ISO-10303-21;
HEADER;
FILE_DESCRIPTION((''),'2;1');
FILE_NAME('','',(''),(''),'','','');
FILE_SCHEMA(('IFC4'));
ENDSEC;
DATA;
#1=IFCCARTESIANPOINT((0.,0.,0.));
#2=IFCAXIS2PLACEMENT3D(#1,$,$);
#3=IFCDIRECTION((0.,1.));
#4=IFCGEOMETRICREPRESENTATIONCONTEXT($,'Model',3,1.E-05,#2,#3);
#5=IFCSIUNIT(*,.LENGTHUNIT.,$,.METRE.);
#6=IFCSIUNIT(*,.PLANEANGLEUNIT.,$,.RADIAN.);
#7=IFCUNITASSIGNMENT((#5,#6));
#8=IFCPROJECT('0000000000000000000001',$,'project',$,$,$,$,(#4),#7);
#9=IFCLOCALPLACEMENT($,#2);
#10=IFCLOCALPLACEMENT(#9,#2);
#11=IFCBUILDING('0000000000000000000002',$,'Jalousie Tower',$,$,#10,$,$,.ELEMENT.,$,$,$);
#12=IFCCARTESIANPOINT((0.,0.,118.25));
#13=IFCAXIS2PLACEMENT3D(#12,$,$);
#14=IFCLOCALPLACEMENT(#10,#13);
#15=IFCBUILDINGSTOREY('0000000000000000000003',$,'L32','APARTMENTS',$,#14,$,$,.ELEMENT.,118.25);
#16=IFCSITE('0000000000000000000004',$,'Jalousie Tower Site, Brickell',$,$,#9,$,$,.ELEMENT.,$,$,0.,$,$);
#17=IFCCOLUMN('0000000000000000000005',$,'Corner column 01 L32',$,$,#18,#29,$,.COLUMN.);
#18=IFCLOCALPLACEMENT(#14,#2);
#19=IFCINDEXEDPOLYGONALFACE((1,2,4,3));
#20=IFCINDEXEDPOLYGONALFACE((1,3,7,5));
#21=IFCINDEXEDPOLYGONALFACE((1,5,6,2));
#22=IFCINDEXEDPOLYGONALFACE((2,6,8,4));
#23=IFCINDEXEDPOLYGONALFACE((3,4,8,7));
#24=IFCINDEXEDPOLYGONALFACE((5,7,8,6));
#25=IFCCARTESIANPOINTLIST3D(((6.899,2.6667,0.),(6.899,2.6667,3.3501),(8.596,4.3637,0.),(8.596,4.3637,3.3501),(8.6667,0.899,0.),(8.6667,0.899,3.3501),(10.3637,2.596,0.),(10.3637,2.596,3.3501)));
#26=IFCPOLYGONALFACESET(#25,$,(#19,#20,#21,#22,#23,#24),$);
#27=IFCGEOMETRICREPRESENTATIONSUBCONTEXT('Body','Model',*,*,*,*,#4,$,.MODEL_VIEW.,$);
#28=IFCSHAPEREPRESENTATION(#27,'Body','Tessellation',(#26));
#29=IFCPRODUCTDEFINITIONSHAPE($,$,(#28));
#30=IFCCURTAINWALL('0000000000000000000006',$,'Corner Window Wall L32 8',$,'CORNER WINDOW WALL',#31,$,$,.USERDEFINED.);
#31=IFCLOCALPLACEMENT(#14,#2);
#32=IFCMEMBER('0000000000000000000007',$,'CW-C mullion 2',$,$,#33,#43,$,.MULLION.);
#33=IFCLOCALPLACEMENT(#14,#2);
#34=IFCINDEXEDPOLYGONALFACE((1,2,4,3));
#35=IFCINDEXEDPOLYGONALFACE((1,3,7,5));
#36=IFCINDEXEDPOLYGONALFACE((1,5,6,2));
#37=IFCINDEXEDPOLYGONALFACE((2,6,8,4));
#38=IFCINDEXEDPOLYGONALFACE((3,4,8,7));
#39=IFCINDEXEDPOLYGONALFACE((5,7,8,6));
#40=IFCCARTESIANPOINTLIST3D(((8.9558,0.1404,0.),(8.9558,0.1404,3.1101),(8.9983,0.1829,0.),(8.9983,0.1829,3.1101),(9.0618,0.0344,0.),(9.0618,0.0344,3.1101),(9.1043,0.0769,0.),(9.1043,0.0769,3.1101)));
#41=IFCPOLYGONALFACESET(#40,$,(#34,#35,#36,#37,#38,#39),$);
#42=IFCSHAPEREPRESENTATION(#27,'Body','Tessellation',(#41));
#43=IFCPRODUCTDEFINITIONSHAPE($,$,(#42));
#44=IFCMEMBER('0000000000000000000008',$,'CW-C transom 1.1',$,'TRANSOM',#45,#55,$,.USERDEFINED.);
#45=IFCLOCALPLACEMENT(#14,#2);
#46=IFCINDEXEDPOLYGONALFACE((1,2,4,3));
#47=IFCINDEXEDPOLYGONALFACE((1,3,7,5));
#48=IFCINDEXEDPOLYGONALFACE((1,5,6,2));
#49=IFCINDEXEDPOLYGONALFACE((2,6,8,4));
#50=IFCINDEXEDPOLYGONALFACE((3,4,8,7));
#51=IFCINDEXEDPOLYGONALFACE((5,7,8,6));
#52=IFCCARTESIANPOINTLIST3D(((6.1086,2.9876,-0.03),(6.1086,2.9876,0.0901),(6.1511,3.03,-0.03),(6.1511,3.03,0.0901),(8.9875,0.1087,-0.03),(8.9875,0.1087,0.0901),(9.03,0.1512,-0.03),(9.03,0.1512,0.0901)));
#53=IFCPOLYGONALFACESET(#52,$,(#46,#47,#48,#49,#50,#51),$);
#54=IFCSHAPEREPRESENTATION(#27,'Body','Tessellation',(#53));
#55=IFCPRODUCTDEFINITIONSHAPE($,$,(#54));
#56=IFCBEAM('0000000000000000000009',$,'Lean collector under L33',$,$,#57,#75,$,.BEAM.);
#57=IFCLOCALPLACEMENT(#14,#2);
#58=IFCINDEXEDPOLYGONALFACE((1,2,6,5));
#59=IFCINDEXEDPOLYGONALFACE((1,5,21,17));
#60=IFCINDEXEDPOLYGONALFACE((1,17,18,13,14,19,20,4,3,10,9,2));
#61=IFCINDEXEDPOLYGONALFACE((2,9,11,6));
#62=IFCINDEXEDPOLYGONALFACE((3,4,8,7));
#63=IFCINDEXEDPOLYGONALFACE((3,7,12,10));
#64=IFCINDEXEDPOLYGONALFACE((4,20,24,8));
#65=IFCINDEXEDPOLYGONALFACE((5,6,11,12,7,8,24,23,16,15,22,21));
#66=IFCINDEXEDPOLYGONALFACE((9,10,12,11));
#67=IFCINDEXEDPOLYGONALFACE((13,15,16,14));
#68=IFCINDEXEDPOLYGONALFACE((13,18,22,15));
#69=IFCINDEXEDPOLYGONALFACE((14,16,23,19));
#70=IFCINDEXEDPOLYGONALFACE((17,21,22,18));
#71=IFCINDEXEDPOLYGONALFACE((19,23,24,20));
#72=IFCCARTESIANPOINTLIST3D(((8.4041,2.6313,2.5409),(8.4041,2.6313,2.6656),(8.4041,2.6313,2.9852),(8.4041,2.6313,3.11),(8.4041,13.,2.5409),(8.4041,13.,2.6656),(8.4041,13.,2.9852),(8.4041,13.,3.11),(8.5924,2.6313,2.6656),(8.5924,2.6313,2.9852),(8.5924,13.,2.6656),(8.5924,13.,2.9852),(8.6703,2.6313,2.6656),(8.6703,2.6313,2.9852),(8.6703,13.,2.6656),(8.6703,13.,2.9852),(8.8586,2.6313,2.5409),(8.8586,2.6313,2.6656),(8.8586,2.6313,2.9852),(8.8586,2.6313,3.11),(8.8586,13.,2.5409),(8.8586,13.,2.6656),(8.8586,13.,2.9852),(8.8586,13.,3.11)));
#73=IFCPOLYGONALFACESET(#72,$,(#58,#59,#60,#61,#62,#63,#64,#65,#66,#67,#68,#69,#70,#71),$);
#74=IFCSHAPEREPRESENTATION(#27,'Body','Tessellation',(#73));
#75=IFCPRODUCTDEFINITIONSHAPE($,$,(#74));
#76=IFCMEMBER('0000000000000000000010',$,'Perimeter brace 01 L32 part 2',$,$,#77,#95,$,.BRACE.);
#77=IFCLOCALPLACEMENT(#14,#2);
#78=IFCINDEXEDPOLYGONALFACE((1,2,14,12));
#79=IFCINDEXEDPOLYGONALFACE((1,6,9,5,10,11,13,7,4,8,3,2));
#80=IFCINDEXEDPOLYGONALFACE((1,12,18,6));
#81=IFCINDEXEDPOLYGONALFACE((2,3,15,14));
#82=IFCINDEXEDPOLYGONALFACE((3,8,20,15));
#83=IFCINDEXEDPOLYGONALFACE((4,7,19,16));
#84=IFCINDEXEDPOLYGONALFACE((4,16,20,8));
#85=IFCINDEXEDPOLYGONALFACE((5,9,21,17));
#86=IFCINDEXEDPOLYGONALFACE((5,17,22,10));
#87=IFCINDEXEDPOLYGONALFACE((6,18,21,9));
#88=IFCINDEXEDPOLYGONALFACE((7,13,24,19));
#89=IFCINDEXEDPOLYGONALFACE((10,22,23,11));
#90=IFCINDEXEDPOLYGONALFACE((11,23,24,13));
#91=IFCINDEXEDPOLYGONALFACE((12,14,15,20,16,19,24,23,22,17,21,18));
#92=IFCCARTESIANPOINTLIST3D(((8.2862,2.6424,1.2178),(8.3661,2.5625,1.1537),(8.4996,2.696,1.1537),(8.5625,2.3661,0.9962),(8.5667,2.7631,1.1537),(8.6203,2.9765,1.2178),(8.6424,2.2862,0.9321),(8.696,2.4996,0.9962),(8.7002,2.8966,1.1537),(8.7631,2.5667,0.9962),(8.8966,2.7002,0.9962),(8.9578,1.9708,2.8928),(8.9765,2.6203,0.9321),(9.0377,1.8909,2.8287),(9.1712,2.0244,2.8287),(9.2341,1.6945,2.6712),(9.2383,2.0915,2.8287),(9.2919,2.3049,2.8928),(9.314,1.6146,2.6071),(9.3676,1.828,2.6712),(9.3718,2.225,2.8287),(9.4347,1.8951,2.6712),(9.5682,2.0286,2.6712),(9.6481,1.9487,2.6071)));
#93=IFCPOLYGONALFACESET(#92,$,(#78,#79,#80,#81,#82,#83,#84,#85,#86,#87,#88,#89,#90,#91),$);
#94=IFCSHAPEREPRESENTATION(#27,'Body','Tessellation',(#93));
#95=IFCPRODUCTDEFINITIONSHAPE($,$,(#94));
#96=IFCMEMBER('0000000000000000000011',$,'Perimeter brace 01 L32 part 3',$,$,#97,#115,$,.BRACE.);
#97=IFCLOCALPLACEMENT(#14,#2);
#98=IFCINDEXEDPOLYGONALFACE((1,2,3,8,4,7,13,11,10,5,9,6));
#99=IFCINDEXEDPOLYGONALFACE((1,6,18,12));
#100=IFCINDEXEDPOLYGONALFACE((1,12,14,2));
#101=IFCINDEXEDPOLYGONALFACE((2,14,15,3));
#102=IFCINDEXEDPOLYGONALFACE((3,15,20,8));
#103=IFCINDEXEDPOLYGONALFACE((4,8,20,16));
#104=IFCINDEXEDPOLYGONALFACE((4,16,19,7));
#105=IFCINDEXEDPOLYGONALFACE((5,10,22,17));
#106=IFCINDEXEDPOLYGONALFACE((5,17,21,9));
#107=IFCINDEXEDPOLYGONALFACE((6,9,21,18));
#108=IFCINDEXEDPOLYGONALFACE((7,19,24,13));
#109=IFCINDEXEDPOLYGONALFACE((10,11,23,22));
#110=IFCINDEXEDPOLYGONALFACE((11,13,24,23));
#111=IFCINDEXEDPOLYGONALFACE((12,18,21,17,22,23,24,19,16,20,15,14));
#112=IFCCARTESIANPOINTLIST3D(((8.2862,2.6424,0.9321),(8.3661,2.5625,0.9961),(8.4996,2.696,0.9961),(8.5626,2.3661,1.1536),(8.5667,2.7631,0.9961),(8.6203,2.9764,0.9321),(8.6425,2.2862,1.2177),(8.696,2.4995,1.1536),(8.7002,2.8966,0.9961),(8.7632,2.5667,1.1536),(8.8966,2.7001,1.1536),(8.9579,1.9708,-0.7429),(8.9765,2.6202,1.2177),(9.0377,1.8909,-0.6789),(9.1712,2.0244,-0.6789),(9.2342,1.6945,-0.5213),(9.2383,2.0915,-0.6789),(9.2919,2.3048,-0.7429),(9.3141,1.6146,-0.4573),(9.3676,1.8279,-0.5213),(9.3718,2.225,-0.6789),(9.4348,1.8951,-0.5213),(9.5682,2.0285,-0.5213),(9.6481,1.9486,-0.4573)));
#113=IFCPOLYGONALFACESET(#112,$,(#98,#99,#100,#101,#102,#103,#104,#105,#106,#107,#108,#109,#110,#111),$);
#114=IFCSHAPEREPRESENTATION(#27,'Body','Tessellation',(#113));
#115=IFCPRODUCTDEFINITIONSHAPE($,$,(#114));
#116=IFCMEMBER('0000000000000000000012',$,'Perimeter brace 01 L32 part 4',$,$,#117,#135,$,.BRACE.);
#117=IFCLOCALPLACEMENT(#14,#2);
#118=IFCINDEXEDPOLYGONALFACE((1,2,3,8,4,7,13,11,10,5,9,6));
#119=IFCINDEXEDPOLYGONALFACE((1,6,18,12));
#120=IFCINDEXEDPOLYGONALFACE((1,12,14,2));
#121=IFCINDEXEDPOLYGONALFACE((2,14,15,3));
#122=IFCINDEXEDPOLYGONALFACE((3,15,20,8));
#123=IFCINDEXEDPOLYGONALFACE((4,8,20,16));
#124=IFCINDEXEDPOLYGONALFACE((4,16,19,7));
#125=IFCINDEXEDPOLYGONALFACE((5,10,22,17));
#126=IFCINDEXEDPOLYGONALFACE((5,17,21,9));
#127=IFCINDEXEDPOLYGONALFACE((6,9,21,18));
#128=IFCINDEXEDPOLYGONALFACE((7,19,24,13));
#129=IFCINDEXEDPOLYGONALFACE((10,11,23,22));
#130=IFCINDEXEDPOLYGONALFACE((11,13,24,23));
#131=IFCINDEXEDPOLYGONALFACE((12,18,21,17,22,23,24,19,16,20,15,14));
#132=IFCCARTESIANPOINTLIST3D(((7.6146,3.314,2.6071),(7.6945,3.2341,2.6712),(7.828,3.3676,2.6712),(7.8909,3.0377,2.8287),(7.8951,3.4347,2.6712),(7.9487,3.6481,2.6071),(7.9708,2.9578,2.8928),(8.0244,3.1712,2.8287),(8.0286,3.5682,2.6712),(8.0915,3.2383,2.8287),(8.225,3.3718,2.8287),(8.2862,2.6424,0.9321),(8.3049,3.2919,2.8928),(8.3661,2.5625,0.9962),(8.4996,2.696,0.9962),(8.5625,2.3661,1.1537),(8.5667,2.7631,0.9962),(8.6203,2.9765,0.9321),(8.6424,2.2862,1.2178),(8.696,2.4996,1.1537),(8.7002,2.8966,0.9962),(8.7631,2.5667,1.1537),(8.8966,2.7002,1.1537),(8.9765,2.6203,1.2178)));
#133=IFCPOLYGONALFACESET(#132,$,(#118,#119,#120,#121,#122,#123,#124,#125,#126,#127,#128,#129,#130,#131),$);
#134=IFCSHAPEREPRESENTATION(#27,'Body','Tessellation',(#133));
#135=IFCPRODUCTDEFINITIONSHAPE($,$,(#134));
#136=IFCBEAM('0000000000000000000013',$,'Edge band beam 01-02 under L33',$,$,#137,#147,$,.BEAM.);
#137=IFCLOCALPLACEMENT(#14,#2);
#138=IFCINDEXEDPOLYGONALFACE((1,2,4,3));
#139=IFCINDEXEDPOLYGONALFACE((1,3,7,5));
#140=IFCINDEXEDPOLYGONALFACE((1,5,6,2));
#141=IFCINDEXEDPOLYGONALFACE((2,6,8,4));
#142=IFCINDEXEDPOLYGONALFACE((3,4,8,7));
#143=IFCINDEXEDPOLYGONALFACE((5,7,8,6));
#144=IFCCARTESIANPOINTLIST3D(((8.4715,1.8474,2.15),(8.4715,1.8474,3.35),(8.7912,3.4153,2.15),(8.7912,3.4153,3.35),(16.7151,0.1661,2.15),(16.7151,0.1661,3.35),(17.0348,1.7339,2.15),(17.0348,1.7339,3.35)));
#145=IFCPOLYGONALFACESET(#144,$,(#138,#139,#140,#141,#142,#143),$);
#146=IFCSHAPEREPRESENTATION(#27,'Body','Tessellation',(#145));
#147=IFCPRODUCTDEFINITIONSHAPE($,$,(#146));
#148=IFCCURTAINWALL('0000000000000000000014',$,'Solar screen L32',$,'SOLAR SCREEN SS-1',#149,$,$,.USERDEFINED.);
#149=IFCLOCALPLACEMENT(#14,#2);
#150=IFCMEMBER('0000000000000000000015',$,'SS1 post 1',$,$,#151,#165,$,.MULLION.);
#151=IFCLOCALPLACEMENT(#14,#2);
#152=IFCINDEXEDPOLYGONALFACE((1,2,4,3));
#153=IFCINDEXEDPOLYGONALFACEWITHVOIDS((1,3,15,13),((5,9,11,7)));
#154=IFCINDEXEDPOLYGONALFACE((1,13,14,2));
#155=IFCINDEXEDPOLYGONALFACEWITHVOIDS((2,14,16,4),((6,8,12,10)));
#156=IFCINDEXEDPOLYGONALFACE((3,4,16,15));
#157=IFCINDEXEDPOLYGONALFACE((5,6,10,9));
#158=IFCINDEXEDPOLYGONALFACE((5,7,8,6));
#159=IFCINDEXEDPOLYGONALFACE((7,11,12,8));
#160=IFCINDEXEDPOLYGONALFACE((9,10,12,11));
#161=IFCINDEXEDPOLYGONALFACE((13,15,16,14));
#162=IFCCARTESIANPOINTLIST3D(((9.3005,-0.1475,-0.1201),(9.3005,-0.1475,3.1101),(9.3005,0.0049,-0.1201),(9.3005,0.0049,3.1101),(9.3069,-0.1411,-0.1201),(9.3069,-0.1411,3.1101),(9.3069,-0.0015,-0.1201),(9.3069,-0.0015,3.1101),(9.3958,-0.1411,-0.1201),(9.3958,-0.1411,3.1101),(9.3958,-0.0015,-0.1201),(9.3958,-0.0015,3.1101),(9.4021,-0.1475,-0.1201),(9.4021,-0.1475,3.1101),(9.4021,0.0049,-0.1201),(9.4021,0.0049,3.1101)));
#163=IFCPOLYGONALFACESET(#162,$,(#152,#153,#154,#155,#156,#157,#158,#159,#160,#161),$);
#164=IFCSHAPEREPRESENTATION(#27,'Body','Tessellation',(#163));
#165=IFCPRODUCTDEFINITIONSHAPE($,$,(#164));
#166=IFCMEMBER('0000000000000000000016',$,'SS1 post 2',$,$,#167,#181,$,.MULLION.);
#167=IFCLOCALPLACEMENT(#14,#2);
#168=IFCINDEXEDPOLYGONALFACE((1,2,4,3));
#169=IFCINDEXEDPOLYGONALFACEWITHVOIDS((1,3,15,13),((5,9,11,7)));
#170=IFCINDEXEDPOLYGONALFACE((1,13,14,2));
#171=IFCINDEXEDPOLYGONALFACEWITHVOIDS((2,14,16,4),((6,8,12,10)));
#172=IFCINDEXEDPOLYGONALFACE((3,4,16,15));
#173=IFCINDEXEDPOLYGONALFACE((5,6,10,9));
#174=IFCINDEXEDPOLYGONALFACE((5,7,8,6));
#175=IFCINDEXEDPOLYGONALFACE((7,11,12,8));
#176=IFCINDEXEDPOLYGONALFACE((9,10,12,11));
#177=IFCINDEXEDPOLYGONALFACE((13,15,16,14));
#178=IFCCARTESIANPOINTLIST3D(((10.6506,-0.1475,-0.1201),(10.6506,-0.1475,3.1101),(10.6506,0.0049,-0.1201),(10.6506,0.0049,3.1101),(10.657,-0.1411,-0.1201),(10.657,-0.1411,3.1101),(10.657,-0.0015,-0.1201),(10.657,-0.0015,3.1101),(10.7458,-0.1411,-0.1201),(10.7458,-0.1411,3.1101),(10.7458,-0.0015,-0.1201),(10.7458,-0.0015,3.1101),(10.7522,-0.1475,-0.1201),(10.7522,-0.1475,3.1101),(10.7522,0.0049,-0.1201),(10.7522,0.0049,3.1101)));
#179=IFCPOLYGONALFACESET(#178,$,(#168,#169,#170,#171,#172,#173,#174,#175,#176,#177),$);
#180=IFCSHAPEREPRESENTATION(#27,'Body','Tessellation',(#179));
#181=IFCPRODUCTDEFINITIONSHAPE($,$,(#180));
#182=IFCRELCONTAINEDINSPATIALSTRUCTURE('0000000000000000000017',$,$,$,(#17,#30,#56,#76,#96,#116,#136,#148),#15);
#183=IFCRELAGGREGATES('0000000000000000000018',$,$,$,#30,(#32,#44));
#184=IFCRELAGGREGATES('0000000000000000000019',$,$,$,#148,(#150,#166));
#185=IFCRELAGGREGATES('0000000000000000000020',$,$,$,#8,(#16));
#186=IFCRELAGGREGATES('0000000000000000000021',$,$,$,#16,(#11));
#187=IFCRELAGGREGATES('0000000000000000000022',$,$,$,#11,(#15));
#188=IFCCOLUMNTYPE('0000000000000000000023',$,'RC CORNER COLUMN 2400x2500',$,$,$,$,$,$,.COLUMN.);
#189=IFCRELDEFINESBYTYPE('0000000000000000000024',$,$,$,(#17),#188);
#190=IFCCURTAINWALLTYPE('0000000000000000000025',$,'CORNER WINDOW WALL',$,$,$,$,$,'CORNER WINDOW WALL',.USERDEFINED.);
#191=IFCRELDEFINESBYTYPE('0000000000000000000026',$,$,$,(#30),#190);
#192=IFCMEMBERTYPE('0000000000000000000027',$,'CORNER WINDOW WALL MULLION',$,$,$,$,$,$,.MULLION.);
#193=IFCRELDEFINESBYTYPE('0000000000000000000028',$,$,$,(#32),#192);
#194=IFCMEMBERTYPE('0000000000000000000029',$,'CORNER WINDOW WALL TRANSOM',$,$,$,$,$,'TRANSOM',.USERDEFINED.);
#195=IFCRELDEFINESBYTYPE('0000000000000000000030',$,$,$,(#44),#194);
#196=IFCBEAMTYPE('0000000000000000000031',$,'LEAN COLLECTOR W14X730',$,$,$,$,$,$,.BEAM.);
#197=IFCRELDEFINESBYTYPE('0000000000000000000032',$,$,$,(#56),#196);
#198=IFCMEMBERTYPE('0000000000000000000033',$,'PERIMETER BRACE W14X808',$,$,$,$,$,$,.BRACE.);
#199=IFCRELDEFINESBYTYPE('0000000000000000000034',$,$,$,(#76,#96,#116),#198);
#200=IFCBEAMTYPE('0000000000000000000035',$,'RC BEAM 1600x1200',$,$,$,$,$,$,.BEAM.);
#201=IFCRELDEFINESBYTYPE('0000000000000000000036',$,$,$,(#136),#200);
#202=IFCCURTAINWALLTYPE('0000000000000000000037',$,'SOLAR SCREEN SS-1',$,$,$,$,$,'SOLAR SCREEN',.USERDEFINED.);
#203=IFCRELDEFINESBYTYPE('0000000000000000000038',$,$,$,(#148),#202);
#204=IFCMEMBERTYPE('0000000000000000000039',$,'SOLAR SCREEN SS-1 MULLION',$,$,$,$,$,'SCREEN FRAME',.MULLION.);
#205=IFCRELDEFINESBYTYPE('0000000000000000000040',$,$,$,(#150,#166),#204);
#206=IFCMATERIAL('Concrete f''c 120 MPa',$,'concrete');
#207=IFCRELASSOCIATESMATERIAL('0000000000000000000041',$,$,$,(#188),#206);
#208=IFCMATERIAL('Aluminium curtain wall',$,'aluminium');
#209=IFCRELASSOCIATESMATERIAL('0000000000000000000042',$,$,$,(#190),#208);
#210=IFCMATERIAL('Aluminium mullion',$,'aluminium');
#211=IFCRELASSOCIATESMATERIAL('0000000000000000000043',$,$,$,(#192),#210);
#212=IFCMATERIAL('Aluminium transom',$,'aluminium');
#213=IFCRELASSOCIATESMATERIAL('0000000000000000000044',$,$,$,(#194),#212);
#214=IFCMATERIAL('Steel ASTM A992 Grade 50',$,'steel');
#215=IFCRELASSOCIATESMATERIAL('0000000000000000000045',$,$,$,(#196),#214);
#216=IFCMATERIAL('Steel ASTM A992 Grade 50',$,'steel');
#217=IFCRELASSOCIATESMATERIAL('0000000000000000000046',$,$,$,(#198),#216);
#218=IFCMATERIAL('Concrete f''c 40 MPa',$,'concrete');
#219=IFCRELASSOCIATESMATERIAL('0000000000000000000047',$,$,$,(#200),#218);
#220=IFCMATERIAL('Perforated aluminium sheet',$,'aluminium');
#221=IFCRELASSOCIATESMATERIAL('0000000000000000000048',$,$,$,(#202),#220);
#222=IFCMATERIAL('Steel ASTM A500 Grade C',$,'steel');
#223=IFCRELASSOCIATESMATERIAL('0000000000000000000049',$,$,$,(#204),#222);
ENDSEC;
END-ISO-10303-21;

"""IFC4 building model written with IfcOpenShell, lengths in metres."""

from ifc_helpers import new_model, si_unit, direction, frame, origin, origin_2d, place, context, subcontext, project, spatial, rectangle, hollow_rectangle, i_section, extrude, material, material_profile, profile_set, type_object, element, aggregate, save


model = new_model("IFC4")

# Units and contexts
model_context = context("Model", 3, precision=1e-05, world=origin(), true_north=direction((0.0, 1.0)))
body_context = subcontext(model_context, "Body", "Model", "MODEL_VIEW")
ifc_project = project(units=[si_unit("LENGTHUNIT", "METRE"), si_unit("PLANEANGLEUNIT", "RADIAN")], contexts=[model_context])

# Site, building, storey
site_placement = place(None, origin())
site = spatial("IfcSite", under=ifc_project, at=site_placement, Name="Jalousie Tower Site, Brickell", CompositionType="ELEMENT", RefElevation=0.0)
building_placement = place(site_placement, origin())
building = spatial("IfcBuilding", under=site, at=building_placement, Name="Jalousie Tower", CompositionType="ELEMENT")
storey_placement = place(building_placement, frame((0.0, 0.0, 118.25)))
storey = spatial("IfcBuildingStorey", under=building, at=storey_placement, Name="L32", Description="APARTMENTS", CompositionType="ELEMENT", Elevation=118.25)

# Column
ifc_material_1 = material(Name="Concrete f'c 120 MPa", Category="concrete")
ifc_material_profile_1 = material_profile(ifc_material_1, rectangle(XDim=2.3999, YDim=2.5, at=origin_2d()), Name="RC 2400x2500")
ifc_profile_set_1 = profile_set([ifc_material_profile_1], Name="Concrete f'c 120 MPa")
column_type = type_object("IfcColumnType", Name="RC CORNER COLUMN 2400x2500", PredefinedType="COLUMN", material=ifc_profile_set_1)
column_placement = place(storey_placement, frame((8.6313, 2.6313, 0.0), z_axis=(0.0, 0.0, 1.0), x_axis=(0.707107, 0.707107, 0.0)))
element("IfcColumn", 1, at=column_placement, inside=storey, type_object=column_type, Name="Corner column 01 L32", PredefinedType="COLUMN", context=body_context, shape_type="SweptSolid", body=[
    extrude(rectangle(XDim=2.3999, YDim=2.5, at=origin_2d()), origin(), (0.0, 0.0, 1.0), 3.3501),
])

# Curtain wall, members
ifc_material_2 = material(Name="Aluminium curtain wall", Category="aluminium")
curtain_wall_type_1 = type_object("IfcCurtainWallType", Name="CORNER WINDOW WALL", ElementType="CORNER WINDOW WALL", PredefinedType="USERDEFINED", material=ifc_material_2)
curtain_wall_1_placement = place(storey_placement, origin())
curtain_wall_1 = element("IfcCurtainWall", 2, at=curtain_wall_1_placement, inside=storey, type_object=curtain_wall_type_1, Name="Corner Window Wall L32 8", ObjectType="CORNER WINDOW WALL", PredefinedType="USERDEFINED")
ifc_material_3 = material(Name="Aluminium mullion", Category="aluminium")
ifc_material_profile_2 = material_profile(ifc_material_3, rectangle(XDim=0.0601, YDim=0.1499, at=origin_2d()), Name="MULLION 60x150")
ifc_profile_set_2 = profile_set([ifc_material_profile_2], Name="Aluminium mullion")
member_type_1 = type_object("IfcMemberType", Name="CORNER WINDOW WALL MULLION", PredefinedType="MULLION", material=ifc_profile_set_2)
member_1_placement = place(storey_placement, frame((9.03, 0.1086, 0.0), z_axis=(0.0, 0.0, 1.0), x_axis=(0.707107, 0.707107, 0.0)))
member_1 = element("IfcMember", 3, at=member_1_placement, type_object=member_type_1, Name="CW-C mullion 2", PredefinedType="MULLION", context=body_context, shape_type="SweptSolid", body=[
    extrude(rectangle(XDim=0.0601, YDim=0.1499, at=origin_2d()), origin(), (0.0, 0.0, 1.0), 3.1101),
])
ifc_material_4 = material(Name="Aluminium transom", Category="aluminium")
ifc_material_profile_3 = material_profile(ifc_material_4, rectangle(XDim=0.0601, YDim=0.1201, at=origin_2d()), Name="TRANSOM 60x120")
ifc_profile_set_3 = profile_set([ifc_material_profile_3], Name="Aluminium transom")
member_type_2 = type_object("IfcMemberType", Name="CORNER WINDOW WALL TRANSOM", ElementType="TRANSOM", PredefinedType="USERDEFINED", material=ifc_profile_set_3)
member_2_placement = place(storey_placement, frame((6.1299, 3.0088, 0.03), z_axis=(0.707107, -0.707107, 0.0), x_axis=(0.707107, 0.707107, 0.0)))
member_2 = element("IfcMember", 4, at=member_2_placement, type_object=member_type_2, Name="CW-C transom 1.1", ObjectType="TRANSOM", PredefinedType="USERDEFINED", context=body_context, shape_type="SweptSolid", body=[
    extrude(rectangle(XDim=0.0601, YDim=0.1201, at=origin_2d()), origin(), (0.0, 0.0, 1.0), 4.0713),
])

# Beam
ifc_material_5 = material(Name="Steel ASTM A992 Grade 50", Category="steel")
ifc_material_profile_4 = material_profile(ifc_material_5, i_section(OverallWidth=0.4546, OverallDepth=0.5691, WebThickness=0.0779, FlangeThickness=0.1248, at=origin_2d()), Name="W14X730")
ifc_profile_set_4 = profile_set([ifc_material_profile_4], Name="Steel ASTM A992 Grade 50")
beam_type_1 = type_object("IfcBeamType", Name="LEAN COLLECTOR W14X730", PredefinedType="BEAM", material=ifc_profile_set_4)
beam_1_placement = place(storey_placement, frame((8.6313, 2.6313, 2.8254), z_axis=(0.0, 1.0, 0.0), x_axis=(-1.0, 0.0, 0.0)))
element("IfcBeam", 5, at=beam_1_placement, inside=storey, type_object=beam_type_1, Name="Lean collector under L33", PredefinedType="BEAM", context=body_context, shape_type="SweptSolid", body=[
    extrude(i_section(OverallWidth=0.4546, OverallDepth=0.5691, WebThickness=0.0779, FlangeThickness=0.1248, at=origin_2d()), origin(), (0.0, 0.0, 1.0), 10.3687),
])

# Members
ifc_material_6 = material(Name="Steel ASTM A992 Grade 50", Category="steel")
ifc_material_profile_5 = material_profile(ifc_material_6, i_section(OverallWidth=0.4724, OverallDepth=0.5791, WebThickness=0.095, FlangeThickness=0.1299, at=origin_2d()), Name="W14X808")
ifc_profile_set_5 = profile_set([ifc_material_profile_5], Name="Steel ASTM A992 Grade 50")
member_type_3 = type_object("IfcMemberType", Name="PERIMETER BRACE W14X808", PredefinedType="BRACE", material=ifc_profile_set_5)
for number, where, z_axis, x_axis, name in (
    (6, (8.6313, 2.6313, 1.075), (0.348789, -0.348789, 0.869881), (0.707107, 0.707107, 0.0), "Perimeter brace 01 L32 part 2"),
    (7, (9.303, 1.9597, -0.6001), (-0.348789, 0.348789, 0.869881), (-0.707107, -0.707107, 0.0), "Perimeter brace 01 L32 part 3"),
    (8, (8.6313, 2.6313, 1.075), (-0.348789, 0.348789, 0.869881), (-0.707107, -0.707107, 0.0), "Perimeter brace 01 L32 part 4"),
):
    element("IfcMember", number, at=place(storey_placement, frame(where, z_axis=z_axis, x_axis=x_axis)), inside=storey, type_object=member_type_3, Name=name, PredefinedType="BRACE", context=body_context, shape_type="SweptSolid", body=[
        extrude(i_section(OverallWidth=0.4724, OverallDepth=0.5791, WebThickness=0.095, FlangeThickness=0.1299, at=origin_2d()), origin(), (0.0, 0.0, 1.0), 1.9255),
    ])

# Beam
ifc_material_7 = material(Name="Concrete f'c 40 MPa", Category="concrete")
ifc_material_profile_6 = material_profile(ifc_material_7, rectangle(XDim=1.6001, YDim=1.2, at=origin_2d()), Name="RC 1600x1200")
ifc_profile_set_6 = profile_set([ifc_material_profile_6], Name="Concrete f'c 40 MPa")
beam_type_2 = type_object("IfcBeamType", Name="RC BEAM 1600x1200", PredefinedType="BEAM", material=ifc_profile_set_6)
beam_2_placement = place(storey_placement, frame((8.6313, 2.6313, 2.75), z_axis=(0.979827, -0.199848, 0.0), x_axis=(0.199848, 0.979827, 0.0)))
element("IfcBeam", 9, at=beam_2_placement, inside=storey, type_object=beam_type_2, Name="Edge band beam 01-02 under L33", PredefinedType="BEAM", context=body_context, shape_type="SweptSolid", body=[
    extrude(rectangle(XDim=1.6001, YDim=1.2, at=origin_2d()), origin(), (0.0, 0.0, 1.0), 8.4133),
])

# Curtain wall, members
ifc_material_8 = material(Name="Perforated aluminium sheet", Category="aluminium")
curtain_wall_type_2 = type_object("IfcCurtainWallType", Name="SOLAR SCREEN SS-1", ElementType="SOLAR SCREEN", PredefinedType="USERDEFINED", material=ifc_material_8)
curtain_wall_2_placement = place(storey_placement, origin())
curtain_wall_2 = element("IfcCurtainWall", 10, at=curtain_wall_2_placement, inside=storey, type_object=curtain_wall_type_2, Name="Solar screen L32", ObjectType="SOLAR SCREEN SS-1", PredefinedType="USERDEFINED")
ifc_material_9 = material(Name="Steel ASTM A500 Grade C", Category="steel")
ifc_material_profile_7 = material_profile(ifc_material_9, hollow_rectangle(XDim=0.1016, YDim=0.1523, WallThickness=0.0063, at=origin_2d()), Name="HSS6X4X1/4")
ifc_profile_set_7 = profile_set([ifc_material_profile_7], Name="Steel ASTM A500 Grade C")
member_type_4 = type_object("IfcMemberType", Name="SOLAR SCREEN SS-1 MULLION", ElementType="SCREEN FRAME", PredefinedType="MULLION", material=ifc_profile_set_7)
member_3_placement = place(storey_placement, frame((9.3513, -0.0713, -0.1201), z_axis=(0.0, 0.0, 1.0), x_axis=(1.0, 0.0, 0.0)))
member_3 = element("IfcMember", 11, at=member_3_placement, type_object=member_type_4, Name="SS1 post 1", PredefinedType="MULLION", context=body_context, shape_type="SweptSolid", body=[
    extrude(hollow_rectangle(XDim=0.1016, YDim=0.1523, WallThickness=0.0063, at=origin_2d()), origin(), (0.0, 0.0, 1.0), 3.2302),
])
member_4_placement = place(storey_placement, frame((10.7014, -0.0713, -0.1201), z_axis=(0.0, 0.0, 1.0), x_axis=(1.0, 0.0, 0.0)))
member_4 = element("IfcMember", 12, at=member_4_placement, type_object=member_type_4, Name="SS1 post 2", PredefinedType="MULLION", context=body_context, shape_type="SweptSolid", body=[
    extrude(hollow_rectangle(XDim=0.1016, YDim=0.1523, WallThickness=0.0063, at=origin_2d()), origin(), (0.0, 0.0, 1.0), 3.2302),
])

aggregate(curtain_wall_1, [member_1, member_2])

aggregate(curtain_wall_2, [member_3, member_4])

save(model, "model.ifc")
